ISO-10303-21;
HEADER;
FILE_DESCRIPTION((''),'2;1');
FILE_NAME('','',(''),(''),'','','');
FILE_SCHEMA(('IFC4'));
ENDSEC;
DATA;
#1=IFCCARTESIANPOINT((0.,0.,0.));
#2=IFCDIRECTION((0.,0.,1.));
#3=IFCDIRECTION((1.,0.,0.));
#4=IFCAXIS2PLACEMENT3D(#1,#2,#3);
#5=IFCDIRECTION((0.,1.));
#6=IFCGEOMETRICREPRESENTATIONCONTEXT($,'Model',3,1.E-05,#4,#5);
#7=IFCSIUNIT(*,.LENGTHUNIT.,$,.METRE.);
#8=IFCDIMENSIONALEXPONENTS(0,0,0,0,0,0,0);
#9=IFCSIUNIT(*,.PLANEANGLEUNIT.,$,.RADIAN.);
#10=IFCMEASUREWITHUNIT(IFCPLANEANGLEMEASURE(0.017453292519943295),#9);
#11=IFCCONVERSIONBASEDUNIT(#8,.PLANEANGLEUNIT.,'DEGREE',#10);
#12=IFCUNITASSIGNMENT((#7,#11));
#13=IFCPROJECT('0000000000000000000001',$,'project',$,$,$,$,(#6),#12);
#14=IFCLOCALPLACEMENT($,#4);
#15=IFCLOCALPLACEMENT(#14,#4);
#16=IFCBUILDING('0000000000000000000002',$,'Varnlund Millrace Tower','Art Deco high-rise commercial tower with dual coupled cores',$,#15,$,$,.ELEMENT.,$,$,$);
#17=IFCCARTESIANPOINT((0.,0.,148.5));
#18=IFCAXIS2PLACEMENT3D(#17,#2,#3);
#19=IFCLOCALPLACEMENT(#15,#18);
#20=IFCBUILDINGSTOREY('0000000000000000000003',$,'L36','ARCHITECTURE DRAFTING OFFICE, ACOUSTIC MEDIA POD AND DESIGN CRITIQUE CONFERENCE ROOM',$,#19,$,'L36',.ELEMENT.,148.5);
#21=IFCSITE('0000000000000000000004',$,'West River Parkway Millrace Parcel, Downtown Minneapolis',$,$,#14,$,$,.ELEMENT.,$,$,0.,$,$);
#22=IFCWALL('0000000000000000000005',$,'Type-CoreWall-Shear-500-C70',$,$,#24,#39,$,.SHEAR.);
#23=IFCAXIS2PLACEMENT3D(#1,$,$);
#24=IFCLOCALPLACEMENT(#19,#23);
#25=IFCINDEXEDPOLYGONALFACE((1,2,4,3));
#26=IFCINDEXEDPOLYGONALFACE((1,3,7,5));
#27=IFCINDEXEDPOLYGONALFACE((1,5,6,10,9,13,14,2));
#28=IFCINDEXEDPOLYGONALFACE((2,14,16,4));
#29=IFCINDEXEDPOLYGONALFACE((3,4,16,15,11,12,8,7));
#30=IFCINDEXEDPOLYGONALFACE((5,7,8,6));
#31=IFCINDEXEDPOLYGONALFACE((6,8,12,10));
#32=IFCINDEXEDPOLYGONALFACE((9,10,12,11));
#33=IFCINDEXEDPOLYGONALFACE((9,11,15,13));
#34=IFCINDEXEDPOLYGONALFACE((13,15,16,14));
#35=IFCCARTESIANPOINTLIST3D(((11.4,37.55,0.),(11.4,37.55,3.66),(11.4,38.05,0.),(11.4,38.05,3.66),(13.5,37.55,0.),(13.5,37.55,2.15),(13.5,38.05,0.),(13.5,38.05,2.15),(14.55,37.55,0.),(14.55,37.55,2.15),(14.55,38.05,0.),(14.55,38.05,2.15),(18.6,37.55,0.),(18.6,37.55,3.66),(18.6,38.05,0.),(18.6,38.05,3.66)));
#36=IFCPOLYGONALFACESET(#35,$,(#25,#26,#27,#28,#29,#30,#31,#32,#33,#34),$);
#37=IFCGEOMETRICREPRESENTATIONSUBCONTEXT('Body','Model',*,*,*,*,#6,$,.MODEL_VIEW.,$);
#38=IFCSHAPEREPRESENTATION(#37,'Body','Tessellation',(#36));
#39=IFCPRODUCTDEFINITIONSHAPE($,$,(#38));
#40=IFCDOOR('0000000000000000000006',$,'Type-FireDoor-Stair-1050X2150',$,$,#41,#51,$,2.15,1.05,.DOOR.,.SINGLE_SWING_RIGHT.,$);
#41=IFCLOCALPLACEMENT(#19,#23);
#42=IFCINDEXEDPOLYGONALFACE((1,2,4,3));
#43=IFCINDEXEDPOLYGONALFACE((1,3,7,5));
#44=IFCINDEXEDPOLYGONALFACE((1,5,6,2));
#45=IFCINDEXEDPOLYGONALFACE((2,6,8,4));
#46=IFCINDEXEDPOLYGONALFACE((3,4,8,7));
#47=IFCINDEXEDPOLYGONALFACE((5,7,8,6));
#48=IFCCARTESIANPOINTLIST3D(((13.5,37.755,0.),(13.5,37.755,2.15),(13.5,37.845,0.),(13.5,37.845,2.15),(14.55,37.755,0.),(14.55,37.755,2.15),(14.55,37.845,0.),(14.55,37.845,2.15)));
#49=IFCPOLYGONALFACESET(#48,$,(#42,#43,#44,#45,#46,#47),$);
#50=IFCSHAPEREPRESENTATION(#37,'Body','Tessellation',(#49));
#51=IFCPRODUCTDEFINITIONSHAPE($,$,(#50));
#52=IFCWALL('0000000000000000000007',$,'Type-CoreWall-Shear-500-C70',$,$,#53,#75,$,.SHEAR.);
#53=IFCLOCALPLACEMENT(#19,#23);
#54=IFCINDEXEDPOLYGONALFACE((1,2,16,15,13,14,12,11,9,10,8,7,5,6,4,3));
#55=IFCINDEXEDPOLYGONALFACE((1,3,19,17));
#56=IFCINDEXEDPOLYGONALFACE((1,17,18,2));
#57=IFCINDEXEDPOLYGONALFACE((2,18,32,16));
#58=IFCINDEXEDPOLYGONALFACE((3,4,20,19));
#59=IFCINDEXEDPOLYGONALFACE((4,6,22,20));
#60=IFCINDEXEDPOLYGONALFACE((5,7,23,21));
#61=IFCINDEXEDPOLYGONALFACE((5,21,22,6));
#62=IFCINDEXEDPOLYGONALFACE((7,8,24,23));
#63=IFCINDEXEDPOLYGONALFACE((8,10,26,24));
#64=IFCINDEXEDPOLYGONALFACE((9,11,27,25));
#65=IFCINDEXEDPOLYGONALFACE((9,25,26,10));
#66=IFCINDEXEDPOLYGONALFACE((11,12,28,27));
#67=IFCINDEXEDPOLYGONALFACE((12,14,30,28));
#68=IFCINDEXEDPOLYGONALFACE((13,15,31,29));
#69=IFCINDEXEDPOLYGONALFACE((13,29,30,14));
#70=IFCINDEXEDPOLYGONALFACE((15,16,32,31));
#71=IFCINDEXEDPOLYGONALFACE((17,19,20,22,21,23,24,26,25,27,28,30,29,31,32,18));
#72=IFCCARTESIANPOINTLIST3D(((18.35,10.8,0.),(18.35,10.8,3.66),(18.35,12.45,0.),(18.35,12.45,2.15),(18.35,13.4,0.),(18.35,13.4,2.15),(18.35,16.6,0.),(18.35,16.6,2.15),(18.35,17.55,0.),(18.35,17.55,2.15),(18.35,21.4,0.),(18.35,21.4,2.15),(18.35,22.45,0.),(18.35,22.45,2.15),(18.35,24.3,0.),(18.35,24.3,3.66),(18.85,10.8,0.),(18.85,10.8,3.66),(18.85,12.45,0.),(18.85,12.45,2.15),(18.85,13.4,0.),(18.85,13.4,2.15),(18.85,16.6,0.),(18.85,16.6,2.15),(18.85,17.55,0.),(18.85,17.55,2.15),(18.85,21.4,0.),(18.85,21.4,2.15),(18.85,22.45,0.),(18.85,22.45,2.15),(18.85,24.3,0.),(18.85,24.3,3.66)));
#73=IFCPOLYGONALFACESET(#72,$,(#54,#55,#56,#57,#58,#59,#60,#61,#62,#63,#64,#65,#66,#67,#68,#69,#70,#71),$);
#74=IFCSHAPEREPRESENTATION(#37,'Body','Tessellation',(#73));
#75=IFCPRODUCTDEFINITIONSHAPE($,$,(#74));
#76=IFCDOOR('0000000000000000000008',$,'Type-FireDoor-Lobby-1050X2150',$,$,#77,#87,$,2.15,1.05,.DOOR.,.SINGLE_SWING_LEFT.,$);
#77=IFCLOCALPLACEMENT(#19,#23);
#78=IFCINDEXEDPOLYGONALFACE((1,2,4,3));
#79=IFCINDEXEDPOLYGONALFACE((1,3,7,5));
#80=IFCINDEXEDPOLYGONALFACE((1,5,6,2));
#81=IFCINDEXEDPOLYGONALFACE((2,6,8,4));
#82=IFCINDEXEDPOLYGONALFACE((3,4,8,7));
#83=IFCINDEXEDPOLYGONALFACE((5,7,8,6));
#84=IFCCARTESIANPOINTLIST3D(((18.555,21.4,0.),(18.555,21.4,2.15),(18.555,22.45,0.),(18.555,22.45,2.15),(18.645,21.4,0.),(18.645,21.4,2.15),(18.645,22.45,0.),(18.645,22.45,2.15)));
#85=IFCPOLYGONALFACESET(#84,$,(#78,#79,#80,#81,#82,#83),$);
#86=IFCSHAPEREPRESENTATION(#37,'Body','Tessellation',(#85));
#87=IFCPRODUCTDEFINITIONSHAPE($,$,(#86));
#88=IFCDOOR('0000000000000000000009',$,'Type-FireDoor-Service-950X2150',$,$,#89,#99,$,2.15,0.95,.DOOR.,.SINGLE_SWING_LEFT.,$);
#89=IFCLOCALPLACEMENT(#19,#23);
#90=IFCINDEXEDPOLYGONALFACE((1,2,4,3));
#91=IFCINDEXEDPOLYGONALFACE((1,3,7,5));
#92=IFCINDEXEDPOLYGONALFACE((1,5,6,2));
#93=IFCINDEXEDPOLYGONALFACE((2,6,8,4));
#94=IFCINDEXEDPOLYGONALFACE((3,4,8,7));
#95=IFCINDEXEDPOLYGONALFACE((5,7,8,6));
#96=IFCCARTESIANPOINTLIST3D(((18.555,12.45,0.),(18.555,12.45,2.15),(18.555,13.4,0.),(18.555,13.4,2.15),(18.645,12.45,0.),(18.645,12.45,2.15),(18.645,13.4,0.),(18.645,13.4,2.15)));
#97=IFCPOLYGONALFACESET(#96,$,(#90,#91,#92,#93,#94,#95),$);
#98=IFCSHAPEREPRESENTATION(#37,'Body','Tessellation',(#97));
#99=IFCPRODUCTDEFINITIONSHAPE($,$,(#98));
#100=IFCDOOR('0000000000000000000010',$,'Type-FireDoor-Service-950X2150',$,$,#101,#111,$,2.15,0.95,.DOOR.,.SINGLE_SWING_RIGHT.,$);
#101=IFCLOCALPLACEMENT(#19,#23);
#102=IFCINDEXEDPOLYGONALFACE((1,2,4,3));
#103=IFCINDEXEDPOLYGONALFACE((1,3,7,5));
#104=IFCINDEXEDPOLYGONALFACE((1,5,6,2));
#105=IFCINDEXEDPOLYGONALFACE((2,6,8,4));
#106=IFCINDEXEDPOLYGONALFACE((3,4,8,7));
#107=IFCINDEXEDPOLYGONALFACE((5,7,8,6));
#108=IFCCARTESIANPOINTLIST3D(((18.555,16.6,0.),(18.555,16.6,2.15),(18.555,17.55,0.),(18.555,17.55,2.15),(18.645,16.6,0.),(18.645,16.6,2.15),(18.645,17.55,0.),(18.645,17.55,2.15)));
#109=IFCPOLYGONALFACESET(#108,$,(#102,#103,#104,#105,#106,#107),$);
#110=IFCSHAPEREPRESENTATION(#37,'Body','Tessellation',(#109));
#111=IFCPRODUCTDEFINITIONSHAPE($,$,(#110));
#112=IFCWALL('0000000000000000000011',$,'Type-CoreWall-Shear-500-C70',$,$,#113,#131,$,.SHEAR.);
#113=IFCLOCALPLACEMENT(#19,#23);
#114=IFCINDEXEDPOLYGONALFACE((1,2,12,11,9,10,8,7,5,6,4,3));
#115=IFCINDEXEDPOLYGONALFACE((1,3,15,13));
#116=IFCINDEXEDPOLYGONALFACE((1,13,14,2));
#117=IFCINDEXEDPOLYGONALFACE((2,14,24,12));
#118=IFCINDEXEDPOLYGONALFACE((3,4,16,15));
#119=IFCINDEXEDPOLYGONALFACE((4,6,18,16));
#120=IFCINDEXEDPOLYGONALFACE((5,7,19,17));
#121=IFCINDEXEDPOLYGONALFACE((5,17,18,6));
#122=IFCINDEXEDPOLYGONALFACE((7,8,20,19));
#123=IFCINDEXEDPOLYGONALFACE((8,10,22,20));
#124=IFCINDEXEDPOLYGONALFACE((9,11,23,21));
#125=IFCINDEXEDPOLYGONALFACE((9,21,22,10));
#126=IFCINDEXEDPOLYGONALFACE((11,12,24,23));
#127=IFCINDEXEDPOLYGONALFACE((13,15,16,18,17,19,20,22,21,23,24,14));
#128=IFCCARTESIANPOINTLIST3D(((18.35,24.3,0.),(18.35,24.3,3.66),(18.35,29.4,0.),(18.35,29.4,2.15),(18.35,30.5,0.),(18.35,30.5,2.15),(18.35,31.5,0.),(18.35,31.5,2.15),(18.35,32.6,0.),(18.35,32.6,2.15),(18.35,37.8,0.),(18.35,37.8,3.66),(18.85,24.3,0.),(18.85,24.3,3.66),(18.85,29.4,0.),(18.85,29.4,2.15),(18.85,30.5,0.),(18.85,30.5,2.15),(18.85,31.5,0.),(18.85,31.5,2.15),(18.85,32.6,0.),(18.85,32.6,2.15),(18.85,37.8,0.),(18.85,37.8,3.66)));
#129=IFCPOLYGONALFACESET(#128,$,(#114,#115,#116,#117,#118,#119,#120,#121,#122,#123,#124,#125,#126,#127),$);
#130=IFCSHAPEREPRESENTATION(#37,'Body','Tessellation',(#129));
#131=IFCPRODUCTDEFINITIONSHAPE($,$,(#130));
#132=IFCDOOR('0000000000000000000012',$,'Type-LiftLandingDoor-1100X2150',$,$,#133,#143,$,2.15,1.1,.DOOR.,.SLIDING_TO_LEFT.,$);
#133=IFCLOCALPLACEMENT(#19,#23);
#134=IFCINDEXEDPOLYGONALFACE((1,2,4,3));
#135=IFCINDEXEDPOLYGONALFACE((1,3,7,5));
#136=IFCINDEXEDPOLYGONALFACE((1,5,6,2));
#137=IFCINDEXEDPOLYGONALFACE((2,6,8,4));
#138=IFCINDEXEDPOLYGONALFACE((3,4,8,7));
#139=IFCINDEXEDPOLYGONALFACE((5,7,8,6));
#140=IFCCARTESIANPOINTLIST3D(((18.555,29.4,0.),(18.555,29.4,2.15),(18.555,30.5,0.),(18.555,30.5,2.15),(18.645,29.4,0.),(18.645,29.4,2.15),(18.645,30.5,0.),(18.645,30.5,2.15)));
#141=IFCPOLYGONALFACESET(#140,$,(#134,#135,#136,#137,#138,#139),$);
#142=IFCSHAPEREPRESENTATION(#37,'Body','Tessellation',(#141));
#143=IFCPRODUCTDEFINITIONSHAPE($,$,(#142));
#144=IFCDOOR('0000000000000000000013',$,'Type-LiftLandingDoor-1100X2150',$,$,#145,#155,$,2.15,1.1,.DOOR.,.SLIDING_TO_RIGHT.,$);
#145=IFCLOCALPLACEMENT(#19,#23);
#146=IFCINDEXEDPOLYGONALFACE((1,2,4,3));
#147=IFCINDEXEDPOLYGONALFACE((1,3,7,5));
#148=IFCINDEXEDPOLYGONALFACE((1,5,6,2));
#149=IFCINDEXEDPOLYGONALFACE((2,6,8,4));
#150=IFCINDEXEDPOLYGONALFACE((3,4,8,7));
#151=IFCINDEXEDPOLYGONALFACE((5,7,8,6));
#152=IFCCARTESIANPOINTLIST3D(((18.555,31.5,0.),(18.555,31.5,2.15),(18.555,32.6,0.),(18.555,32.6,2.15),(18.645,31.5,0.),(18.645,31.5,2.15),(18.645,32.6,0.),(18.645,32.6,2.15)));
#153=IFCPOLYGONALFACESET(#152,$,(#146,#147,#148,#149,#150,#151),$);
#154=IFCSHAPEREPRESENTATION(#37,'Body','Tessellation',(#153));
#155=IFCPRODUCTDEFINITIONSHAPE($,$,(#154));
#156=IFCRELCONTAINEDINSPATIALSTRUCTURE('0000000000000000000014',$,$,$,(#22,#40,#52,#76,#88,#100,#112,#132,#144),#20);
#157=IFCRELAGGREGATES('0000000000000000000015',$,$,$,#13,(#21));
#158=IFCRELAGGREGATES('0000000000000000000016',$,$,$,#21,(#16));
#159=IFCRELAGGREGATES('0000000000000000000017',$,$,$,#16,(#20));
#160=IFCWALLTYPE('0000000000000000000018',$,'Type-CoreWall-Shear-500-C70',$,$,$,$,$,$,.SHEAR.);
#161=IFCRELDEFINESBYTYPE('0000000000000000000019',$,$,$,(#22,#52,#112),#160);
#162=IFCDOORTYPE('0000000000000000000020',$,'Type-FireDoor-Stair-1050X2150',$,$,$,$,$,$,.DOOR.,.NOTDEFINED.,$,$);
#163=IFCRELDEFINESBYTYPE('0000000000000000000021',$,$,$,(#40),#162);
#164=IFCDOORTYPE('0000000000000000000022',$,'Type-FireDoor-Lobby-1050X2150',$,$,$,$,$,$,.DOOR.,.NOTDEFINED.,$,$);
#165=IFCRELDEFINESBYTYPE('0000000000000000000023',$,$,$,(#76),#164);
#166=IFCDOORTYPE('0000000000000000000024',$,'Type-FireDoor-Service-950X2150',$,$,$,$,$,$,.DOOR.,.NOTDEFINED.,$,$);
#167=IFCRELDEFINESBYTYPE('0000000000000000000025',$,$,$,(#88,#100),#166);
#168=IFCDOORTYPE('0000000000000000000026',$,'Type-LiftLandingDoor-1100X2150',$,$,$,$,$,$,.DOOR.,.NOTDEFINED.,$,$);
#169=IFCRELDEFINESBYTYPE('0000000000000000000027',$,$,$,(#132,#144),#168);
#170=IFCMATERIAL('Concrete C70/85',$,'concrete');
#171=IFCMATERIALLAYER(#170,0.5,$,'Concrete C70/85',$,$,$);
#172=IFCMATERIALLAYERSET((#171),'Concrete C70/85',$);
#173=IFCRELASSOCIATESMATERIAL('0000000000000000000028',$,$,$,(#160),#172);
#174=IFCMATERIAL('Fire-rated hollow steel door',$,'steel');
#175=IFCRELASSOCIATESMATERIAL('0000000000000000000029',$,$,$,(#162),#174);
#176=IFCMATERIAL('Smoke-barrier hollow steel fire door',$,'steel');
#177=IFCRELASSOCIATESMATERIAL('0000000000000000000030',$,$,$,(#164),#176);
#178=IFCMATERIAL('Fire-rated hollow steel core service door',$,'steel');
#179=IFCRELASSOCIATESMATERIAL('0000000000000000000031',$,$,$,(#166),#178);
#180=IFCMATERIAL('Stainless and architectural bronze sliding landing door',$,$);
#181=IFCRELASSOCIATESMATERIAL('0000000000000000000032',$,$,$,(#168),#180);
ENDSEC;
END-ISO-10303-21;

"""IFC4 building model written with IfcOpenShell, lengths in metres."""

from ifc_helpers import new_model, entity, si_unit, converted_unit, direction, frame, origin_with_axes, origin_2d_with_axis, place, context, subcontext, project, spatial, polyline, rectangle, outline, extrude, material, layer, layer_set, type_object, element, fill, save


model = new_model("IFC4")

# Units and contexts
model_context = context("Model", 3, precision=1e-05, world=origin_with_axes(), true_north=direction((0.0, 1.0)))
body_context = subcontext(model_context, "Body", "Model", "MODEL_VIEW")
ifc_project = project(units=[si_unit("LENGTHUNIT", "METRE"), converted_unit("PLANEANGLEUNIT", "DEGREE", entity("IfcPlaneAngleMeasure", 0.017453292519943295), si_unit("PLANEANGLEUNIT", "RADIAN"), dimensions=[0, 0, 0, 0, 0, 0, 0])], contexts=[model_context])

# Site, building, storey
site_placement = place(None, origin_with_axes())
site = spatial("IfcSite", under=ifc_project, at=site_placement, Name="West River Parkway Millrace Parcel, Downtown Minneapolis", CompositionType="ELEMENT", RefElevation=0.0)
building_placement = place(site_placement, origin_with_axes())
building = spatial("IfcBuilding", under=site, at=building_placement, Name="Varnlund Millrace Tower", Description="Art Deco high-rise commercial tower with dual coupled cores", CompositionType="ELEMENT")
storey_placement = place(building_placement, frame((0.0, 0.0, 148.5), z_axis=(0.0, 0.0, 1.0), x_axis=(1.0, 0.0, 0.0)))
storey = spatial("IfcBuildingStorey", under=building, at=storey_placement, Name="L36", Description="ARCHITECTURE DRAFTING OFFICE, ACOUSTIC MEDIA POD AND DESIGN CRITIQUE CONFERENCE ROOM", LongName="L36", CompositionType="ELEMENT", Elevation=148.5)

# Shared definitions
ifc_material_1 = material(Name="Concrete C70/85", Category="concrete")
ifc_layer_1 = layer(ifc_material_1, 0.5, Name="Concrete C70/85")
ifc_layer_set_1 = layer_set([ifc_layer_1], Name="Concrete C70/85")
wall_type_1 = type_object("IfcWallType", Name="Type-CoreWall-Shear-500-C70", PredefinedType="SHEAR", material=ifc_layer_set_1)

# Wall, opening, door
ifc_material_2 = material(Name="Fire-rated hollow steel door", Category="steel")
door_type_1 = type_object("IfcDoorType", Name="Type-FireDoor-Stair-1050X2150", OperationType="NOTDEFINED", PredefinedType="DOOR", material=ifc_material_2)
wall_1_placement = place(storey_placement, frame((11.4, 37.8, 0.0), z_axis=(0.0, 0.0, 1.0), x_axis=(1.0, 0.0, 0.0)))
wall_1 = element("IfcWall", 1, at=wall_1_placement, inside=storey, type_object=wall_type_1, Name="Type-CoreWall-Shear-500-C70", PredefinedType="SHEAR", context=body_context, shape_type="SweptSolid", body=[
    extrude(outline(polyline([(0.0, -0.25), (7.2, -0.25), (7.2, 0.25), (0.0, 0.25), (0.0, -0.25)])), origin_with_axes(), (0.0, 0.0, 1.0), 3.66),
])
opening_1_placement = place(wall_1_placement, frame((2.625, 0.0, 0.0), z_axis=(0.0, 0.0, 1.0), x_axis=(1.0, 0.0, 0.0)))
opening_1 = element("IfcOpeningElement", 2, at=opening_1_placement, cuts=wall_1, PredefinedType="OPENING", context=body_context, shape_type="SweptSolid", body=[
    extrude(rectangle(XDim=1.05, YDim=0.52, at=origin_2d_with_axis()), origin_with_axes(), (0.0, 0.0, 1.0), 2.15),
])
door_1_placement = place(wall_1_placement, frame((2.625, 0.0, 0.0), z_axis=(0.0, 0.0, 1.0), x_axis=(1.0, 0.0, 0.0)))
door_1 = element("IfcDoor", 3, at=door_1_placement, inside=storey, type_object=door_type_1, Name="Type-FireDoor-Stair-1050X2150", OperationType="SINGLE_SWING_RIGHT", OverallHeight=2.15, OverallWidth=1.05, PredefinedType="DOOR", context=body_context, shape_type="SweptSolid", body=[
    extrude(rectangle(XDim=1.05, YDim=0.09, at=origin_2d_with_axis()), origin_with_axes(), (0.0, 0.0, 1.0), 2.15),
])
fill(opening_1, door_1)

# Walls, openings, doors
wall_2_placement = place(storey_placement, frame((18.6, 10.8, 0.0), z_axis=(0.0, 0.0, 1.0), x_axis=(0.0, 1.0, 0.0)))
wall_2 = element("IfcWall", 4, at=wall_2_placement, inside=storey, type_object=wall_type_1, Name="Type-CoreWall-Shear-500-C70", PredefinedType="SHEAR", context=body_context, shape_type="SweptSolid", body=[
    extrude(outline(polyline([(0.0, -0.25), (13.5, -0.25), (13.5, 0.25), (0.0, 0.25), (0.0, -0.25)])), origin_with_axes(), (0.0, 0.0, 1.0), 3.66),
])
opening_2_placement = place(wall_2_placement, frame((11.125, 0.0, 0.0), z_axis=(0.0, 0.0, 1.0), x_axis=(1.0, 0.0, 0.0)))
opening_2 = element("IfcOpeningElement", 5, at=opening_2_placement, cuts=wall_2, PredefinedType="OPENING", context=body_context, shape_type="SweptSolid", body=[
    extrude(rectangle(XDim=1.05, YDim=0.52, at=origin_2d_with_axis()), origin_with_axes(), (0.0, 0.0, 1.0), 2.15),
])
opening_3_placement = place(wall_2_placement, frame((2.125, 0.0, 0.0), z_axis=(0.0, 0.0, 1.0), x_axis=(1.0, 0.0, 0.0)))
opening_3 = element("IfcOpeningElement", 6, at=opening_3_placement, cuts=wall_2, PredefinedType="OPENING", context=body_context, shape_type="SweptSolid", body=[
    extrude(rectangle(XDim=0.95, YDim=0.52, at=origin_2d_with_axis()), origin_with_axes(), (0.0, 0.0, 1.0), 2.15),
])
opening_4_placement = place(wall_2_placement, frame((6.275, 0.0, 0.0), z_axis=(0.0, 0.0, 1.0), x_axis=(1.0, 0.0, 0.0)))
opening_4 = element("IfcOpeningElement", 7, at=opening_4_placement, cuts=wall_2, PredefinedType="OPENING", context=body_context, shape_type="SweptSolid", body=[
    extrude(rectangle(XDim=0.95, YDim=0.52, at=origin_2d_with_axis()), origin_with_axes(), (0.0, 0.0, 1.0), 2.15),
])
ifc_material_3 = material(Name="Smoke-barrier hollow steel fire door", Category="steel")
door_type_2 = type_object("IfcDoorType", Name="Type-FireDoor-Lobby-1050X2150", OperationType="NOTDEFINED", PredefinedType="DOOR", material=ifc_material_3)
door_2_placement = place(wall_2_placement, frame((11.125, 0.0, 0.0), z_axis=(0.0, 0.0, 1.0), x_axis=(1.0, 0.0, 0.0)))
door_2 = element("IfcDoor", 8, at=door_2_placement, inside=storey, type_object=door_type_2, Name="Type-FireDoor-Lobby-1050X2150", OperationType="SINGLE_SWING_LEFT", OverallHeight=2.15, OverallWidth=1.05, PredefinedType="DOOR", context=body_context, shape_type="SweptSolid", body=[
    extrude(rectangle(XDim=1.05, YDim=0.09, at=origin_2d_with_axis()), origin_with_axes(), (0.0, 0.0, 1.0), 2.15),
])
fill(opening_2, door_2)
ifc_material_4 = material(Name="Fire-rated hollow steel core service door", Category="steel")
door_type_3 = type_object("IfcDoorType", Name="Type-FireDoor-Service-950X2150", OperationType="NOTDEFINED", PredefinedType="DOOR", material=ifc_material_4)
door_3_placement = place(wall_2_placement, frame((2.125, 0.0, 0.0), z_axis=(0.0, 0.0, 1.0), x_axis=(1.0, 0.0, 0.0)))
door_3 = element("IfcDoor", 9, at=door_3_placement, inside=storey, type_object=door_type_3, Name="Type-FireDoor-Service-950X2150", OperationType="SINGLE_SWING_LEFT", OverallHeight=2.15, OverallWidth=0.95, PredefinedType="DOOR", context=body_context, shape_type="SweptSolid", body=[
    extrude(rectangle(XDim=0.95, YDim=0.09, at=origin_2d_with_axis()), origin_with_axes(), (0.0, 0.0, 1.0), 2.15),
])
fill(opening_3, door_3)
door_4_placement = place(wall_2_placement, frame((6.275, 0.0, 0.0), z_axis=(0.0, 0.0, 1.0), x_axis=(1.0, 0.0, 0.0)))
door_4 = element("IfcDoor", 10, at=door_4_placement, inside=storey, type_object=door_type_3, Name="Type-FireDoor-Service-950X2150", OperationType="SINGLE_SWING_RIGHT", OverallHeight=2.15, OverallWidth=0.95, PredefinedType="DOOR", context=body_context, shape_type="SweptSolid", body=[
    extrude(rectangle(XDim=0.95, YDim=0.09, at=origin_2d_with_axis()), origin_with_axes(), (0.0, 0.0, 1.0), 2.15),
])
fill(opening_4, door_4)
wall_3_placement = place(storey_placement, frame((18.6, 24.3, 0.0), z_axis=(0.0, 0.0, 1.0), x_axis=(0.0, 1.0, 0.0)))
wall_3 = element("IfcWall", 11, at=wall_3_placement, inside=storey, type_object=wall_type_1, Name="Type-CoreWall-Shear-500-C70", PredefinedType="SHEAR", context=body_context, shape_type="SweptSolid", body=[
    extrude(outline(polyline([(0.0, -0.25), (13.5, -0.25), (13.5, 0.25), (0.0, 0.25), (0.0, -0.25)])), origin_with_axes(), (0.0, 0.0, 1.0), 3.66),
])
opening_5_placement = place(wall_3_placement, frame((5.65, 0.0, 0.0), z_axis=(0.0, 0.0, 1.0), x_axis=(1.0, 0.0, 0.0)))
opening_5 = element("IfcOpeningElement", 12, at=opening_5_placement, cuts=wall_3, PredefinedType="OPENING", context=body_context, shape_type="SweptSolid", body=[
    extrude(rectangle(XDim=1.1, YDim=0.52, at=origin_2d_with_axis()), origin_with_axes(), (0.0, 0.0, 1.0), 2.15),
])
opening_6_placement = place(wall_3_placement, frame((7.75, 0.0, 0.0), z_axis=(0.0, 0.0, 1.0), x_axis=(1.0, 0.0, 0.0)))
opening_6 = element("IfcOpeningElement", 13, at=opening_6_placement, cuts=wall_3, PredefinedType="OPENING", context=body_context, shape_type="SweptSolid", body=[
    extrude(rectangle(XDim=1.1, YDim=0.52, at=origin_2d_with_axis()), origin_with_axes(), (0.0, 0.0, 1.0), 2.15),
])
ifc_material_5 = material(Name="Stainless and architectural bronze sliding landing door")
door_type_4 = type_object("IfcDoorType", Name="Type-LiftLandingDoor-1100X2150", OperationType="NOTDEFINED", PredefinedType="DOOR", material=ifc_material_5)
door_5_placement = place(wall_3_placement, frame((5.65, 0.0, 0.0), z_axis=(0.0, 0.0, 1.0), x_axis=(1.0, 0.0, 0.0)))
door_5 = element("IfcDoor", 14, at=door_5_placement, inside=storey, type_object=door_type_4, Name="Type-LiftLandingDoor-1100X2150", OperationType="SLIDING_TO_LEFT", OverallHeight=2.15, OverallWidth=1.1, PredefinedType="DOOR", context=body_context, shape_type="SweptSolid", body=[
    extrude(rectangle(XDim=1.1, YDim=0.09, at=origin_2d_with_axis()), origin_with_axes(), (0.0, 0.0, 1.0), 2.15),
])
fill(opening_5, door_5)
door_6_placement = place(wall_3_placement, frame((7.75, 0.0, 0.0), z_axis=(0.0, 0.0, 1.0), x_axis=(1.0, 0.0, 0.0)))
door_6 = element("IfcDoor", 15, at=door_6_placement, inside=storey, type_object=door_type_4, Name="Type-LiftLandingDoor-1100X2150", OperationType="SLIDING_TO_RIGHT", OverallHeight=2.15, OverallWidth=1.1, PredefinedType="DOOR", context=body_context, shape_type="SweptSolid", body=[
    extrude(rectangle(XDim=1.1, YDim=0.09, at=origin_2d_with_axis()), origin_with_axes(), (0.0, 0.0, 1.0), 2.15),
])
fill(opening_6, door_6)

save(model, "model.ifc")
